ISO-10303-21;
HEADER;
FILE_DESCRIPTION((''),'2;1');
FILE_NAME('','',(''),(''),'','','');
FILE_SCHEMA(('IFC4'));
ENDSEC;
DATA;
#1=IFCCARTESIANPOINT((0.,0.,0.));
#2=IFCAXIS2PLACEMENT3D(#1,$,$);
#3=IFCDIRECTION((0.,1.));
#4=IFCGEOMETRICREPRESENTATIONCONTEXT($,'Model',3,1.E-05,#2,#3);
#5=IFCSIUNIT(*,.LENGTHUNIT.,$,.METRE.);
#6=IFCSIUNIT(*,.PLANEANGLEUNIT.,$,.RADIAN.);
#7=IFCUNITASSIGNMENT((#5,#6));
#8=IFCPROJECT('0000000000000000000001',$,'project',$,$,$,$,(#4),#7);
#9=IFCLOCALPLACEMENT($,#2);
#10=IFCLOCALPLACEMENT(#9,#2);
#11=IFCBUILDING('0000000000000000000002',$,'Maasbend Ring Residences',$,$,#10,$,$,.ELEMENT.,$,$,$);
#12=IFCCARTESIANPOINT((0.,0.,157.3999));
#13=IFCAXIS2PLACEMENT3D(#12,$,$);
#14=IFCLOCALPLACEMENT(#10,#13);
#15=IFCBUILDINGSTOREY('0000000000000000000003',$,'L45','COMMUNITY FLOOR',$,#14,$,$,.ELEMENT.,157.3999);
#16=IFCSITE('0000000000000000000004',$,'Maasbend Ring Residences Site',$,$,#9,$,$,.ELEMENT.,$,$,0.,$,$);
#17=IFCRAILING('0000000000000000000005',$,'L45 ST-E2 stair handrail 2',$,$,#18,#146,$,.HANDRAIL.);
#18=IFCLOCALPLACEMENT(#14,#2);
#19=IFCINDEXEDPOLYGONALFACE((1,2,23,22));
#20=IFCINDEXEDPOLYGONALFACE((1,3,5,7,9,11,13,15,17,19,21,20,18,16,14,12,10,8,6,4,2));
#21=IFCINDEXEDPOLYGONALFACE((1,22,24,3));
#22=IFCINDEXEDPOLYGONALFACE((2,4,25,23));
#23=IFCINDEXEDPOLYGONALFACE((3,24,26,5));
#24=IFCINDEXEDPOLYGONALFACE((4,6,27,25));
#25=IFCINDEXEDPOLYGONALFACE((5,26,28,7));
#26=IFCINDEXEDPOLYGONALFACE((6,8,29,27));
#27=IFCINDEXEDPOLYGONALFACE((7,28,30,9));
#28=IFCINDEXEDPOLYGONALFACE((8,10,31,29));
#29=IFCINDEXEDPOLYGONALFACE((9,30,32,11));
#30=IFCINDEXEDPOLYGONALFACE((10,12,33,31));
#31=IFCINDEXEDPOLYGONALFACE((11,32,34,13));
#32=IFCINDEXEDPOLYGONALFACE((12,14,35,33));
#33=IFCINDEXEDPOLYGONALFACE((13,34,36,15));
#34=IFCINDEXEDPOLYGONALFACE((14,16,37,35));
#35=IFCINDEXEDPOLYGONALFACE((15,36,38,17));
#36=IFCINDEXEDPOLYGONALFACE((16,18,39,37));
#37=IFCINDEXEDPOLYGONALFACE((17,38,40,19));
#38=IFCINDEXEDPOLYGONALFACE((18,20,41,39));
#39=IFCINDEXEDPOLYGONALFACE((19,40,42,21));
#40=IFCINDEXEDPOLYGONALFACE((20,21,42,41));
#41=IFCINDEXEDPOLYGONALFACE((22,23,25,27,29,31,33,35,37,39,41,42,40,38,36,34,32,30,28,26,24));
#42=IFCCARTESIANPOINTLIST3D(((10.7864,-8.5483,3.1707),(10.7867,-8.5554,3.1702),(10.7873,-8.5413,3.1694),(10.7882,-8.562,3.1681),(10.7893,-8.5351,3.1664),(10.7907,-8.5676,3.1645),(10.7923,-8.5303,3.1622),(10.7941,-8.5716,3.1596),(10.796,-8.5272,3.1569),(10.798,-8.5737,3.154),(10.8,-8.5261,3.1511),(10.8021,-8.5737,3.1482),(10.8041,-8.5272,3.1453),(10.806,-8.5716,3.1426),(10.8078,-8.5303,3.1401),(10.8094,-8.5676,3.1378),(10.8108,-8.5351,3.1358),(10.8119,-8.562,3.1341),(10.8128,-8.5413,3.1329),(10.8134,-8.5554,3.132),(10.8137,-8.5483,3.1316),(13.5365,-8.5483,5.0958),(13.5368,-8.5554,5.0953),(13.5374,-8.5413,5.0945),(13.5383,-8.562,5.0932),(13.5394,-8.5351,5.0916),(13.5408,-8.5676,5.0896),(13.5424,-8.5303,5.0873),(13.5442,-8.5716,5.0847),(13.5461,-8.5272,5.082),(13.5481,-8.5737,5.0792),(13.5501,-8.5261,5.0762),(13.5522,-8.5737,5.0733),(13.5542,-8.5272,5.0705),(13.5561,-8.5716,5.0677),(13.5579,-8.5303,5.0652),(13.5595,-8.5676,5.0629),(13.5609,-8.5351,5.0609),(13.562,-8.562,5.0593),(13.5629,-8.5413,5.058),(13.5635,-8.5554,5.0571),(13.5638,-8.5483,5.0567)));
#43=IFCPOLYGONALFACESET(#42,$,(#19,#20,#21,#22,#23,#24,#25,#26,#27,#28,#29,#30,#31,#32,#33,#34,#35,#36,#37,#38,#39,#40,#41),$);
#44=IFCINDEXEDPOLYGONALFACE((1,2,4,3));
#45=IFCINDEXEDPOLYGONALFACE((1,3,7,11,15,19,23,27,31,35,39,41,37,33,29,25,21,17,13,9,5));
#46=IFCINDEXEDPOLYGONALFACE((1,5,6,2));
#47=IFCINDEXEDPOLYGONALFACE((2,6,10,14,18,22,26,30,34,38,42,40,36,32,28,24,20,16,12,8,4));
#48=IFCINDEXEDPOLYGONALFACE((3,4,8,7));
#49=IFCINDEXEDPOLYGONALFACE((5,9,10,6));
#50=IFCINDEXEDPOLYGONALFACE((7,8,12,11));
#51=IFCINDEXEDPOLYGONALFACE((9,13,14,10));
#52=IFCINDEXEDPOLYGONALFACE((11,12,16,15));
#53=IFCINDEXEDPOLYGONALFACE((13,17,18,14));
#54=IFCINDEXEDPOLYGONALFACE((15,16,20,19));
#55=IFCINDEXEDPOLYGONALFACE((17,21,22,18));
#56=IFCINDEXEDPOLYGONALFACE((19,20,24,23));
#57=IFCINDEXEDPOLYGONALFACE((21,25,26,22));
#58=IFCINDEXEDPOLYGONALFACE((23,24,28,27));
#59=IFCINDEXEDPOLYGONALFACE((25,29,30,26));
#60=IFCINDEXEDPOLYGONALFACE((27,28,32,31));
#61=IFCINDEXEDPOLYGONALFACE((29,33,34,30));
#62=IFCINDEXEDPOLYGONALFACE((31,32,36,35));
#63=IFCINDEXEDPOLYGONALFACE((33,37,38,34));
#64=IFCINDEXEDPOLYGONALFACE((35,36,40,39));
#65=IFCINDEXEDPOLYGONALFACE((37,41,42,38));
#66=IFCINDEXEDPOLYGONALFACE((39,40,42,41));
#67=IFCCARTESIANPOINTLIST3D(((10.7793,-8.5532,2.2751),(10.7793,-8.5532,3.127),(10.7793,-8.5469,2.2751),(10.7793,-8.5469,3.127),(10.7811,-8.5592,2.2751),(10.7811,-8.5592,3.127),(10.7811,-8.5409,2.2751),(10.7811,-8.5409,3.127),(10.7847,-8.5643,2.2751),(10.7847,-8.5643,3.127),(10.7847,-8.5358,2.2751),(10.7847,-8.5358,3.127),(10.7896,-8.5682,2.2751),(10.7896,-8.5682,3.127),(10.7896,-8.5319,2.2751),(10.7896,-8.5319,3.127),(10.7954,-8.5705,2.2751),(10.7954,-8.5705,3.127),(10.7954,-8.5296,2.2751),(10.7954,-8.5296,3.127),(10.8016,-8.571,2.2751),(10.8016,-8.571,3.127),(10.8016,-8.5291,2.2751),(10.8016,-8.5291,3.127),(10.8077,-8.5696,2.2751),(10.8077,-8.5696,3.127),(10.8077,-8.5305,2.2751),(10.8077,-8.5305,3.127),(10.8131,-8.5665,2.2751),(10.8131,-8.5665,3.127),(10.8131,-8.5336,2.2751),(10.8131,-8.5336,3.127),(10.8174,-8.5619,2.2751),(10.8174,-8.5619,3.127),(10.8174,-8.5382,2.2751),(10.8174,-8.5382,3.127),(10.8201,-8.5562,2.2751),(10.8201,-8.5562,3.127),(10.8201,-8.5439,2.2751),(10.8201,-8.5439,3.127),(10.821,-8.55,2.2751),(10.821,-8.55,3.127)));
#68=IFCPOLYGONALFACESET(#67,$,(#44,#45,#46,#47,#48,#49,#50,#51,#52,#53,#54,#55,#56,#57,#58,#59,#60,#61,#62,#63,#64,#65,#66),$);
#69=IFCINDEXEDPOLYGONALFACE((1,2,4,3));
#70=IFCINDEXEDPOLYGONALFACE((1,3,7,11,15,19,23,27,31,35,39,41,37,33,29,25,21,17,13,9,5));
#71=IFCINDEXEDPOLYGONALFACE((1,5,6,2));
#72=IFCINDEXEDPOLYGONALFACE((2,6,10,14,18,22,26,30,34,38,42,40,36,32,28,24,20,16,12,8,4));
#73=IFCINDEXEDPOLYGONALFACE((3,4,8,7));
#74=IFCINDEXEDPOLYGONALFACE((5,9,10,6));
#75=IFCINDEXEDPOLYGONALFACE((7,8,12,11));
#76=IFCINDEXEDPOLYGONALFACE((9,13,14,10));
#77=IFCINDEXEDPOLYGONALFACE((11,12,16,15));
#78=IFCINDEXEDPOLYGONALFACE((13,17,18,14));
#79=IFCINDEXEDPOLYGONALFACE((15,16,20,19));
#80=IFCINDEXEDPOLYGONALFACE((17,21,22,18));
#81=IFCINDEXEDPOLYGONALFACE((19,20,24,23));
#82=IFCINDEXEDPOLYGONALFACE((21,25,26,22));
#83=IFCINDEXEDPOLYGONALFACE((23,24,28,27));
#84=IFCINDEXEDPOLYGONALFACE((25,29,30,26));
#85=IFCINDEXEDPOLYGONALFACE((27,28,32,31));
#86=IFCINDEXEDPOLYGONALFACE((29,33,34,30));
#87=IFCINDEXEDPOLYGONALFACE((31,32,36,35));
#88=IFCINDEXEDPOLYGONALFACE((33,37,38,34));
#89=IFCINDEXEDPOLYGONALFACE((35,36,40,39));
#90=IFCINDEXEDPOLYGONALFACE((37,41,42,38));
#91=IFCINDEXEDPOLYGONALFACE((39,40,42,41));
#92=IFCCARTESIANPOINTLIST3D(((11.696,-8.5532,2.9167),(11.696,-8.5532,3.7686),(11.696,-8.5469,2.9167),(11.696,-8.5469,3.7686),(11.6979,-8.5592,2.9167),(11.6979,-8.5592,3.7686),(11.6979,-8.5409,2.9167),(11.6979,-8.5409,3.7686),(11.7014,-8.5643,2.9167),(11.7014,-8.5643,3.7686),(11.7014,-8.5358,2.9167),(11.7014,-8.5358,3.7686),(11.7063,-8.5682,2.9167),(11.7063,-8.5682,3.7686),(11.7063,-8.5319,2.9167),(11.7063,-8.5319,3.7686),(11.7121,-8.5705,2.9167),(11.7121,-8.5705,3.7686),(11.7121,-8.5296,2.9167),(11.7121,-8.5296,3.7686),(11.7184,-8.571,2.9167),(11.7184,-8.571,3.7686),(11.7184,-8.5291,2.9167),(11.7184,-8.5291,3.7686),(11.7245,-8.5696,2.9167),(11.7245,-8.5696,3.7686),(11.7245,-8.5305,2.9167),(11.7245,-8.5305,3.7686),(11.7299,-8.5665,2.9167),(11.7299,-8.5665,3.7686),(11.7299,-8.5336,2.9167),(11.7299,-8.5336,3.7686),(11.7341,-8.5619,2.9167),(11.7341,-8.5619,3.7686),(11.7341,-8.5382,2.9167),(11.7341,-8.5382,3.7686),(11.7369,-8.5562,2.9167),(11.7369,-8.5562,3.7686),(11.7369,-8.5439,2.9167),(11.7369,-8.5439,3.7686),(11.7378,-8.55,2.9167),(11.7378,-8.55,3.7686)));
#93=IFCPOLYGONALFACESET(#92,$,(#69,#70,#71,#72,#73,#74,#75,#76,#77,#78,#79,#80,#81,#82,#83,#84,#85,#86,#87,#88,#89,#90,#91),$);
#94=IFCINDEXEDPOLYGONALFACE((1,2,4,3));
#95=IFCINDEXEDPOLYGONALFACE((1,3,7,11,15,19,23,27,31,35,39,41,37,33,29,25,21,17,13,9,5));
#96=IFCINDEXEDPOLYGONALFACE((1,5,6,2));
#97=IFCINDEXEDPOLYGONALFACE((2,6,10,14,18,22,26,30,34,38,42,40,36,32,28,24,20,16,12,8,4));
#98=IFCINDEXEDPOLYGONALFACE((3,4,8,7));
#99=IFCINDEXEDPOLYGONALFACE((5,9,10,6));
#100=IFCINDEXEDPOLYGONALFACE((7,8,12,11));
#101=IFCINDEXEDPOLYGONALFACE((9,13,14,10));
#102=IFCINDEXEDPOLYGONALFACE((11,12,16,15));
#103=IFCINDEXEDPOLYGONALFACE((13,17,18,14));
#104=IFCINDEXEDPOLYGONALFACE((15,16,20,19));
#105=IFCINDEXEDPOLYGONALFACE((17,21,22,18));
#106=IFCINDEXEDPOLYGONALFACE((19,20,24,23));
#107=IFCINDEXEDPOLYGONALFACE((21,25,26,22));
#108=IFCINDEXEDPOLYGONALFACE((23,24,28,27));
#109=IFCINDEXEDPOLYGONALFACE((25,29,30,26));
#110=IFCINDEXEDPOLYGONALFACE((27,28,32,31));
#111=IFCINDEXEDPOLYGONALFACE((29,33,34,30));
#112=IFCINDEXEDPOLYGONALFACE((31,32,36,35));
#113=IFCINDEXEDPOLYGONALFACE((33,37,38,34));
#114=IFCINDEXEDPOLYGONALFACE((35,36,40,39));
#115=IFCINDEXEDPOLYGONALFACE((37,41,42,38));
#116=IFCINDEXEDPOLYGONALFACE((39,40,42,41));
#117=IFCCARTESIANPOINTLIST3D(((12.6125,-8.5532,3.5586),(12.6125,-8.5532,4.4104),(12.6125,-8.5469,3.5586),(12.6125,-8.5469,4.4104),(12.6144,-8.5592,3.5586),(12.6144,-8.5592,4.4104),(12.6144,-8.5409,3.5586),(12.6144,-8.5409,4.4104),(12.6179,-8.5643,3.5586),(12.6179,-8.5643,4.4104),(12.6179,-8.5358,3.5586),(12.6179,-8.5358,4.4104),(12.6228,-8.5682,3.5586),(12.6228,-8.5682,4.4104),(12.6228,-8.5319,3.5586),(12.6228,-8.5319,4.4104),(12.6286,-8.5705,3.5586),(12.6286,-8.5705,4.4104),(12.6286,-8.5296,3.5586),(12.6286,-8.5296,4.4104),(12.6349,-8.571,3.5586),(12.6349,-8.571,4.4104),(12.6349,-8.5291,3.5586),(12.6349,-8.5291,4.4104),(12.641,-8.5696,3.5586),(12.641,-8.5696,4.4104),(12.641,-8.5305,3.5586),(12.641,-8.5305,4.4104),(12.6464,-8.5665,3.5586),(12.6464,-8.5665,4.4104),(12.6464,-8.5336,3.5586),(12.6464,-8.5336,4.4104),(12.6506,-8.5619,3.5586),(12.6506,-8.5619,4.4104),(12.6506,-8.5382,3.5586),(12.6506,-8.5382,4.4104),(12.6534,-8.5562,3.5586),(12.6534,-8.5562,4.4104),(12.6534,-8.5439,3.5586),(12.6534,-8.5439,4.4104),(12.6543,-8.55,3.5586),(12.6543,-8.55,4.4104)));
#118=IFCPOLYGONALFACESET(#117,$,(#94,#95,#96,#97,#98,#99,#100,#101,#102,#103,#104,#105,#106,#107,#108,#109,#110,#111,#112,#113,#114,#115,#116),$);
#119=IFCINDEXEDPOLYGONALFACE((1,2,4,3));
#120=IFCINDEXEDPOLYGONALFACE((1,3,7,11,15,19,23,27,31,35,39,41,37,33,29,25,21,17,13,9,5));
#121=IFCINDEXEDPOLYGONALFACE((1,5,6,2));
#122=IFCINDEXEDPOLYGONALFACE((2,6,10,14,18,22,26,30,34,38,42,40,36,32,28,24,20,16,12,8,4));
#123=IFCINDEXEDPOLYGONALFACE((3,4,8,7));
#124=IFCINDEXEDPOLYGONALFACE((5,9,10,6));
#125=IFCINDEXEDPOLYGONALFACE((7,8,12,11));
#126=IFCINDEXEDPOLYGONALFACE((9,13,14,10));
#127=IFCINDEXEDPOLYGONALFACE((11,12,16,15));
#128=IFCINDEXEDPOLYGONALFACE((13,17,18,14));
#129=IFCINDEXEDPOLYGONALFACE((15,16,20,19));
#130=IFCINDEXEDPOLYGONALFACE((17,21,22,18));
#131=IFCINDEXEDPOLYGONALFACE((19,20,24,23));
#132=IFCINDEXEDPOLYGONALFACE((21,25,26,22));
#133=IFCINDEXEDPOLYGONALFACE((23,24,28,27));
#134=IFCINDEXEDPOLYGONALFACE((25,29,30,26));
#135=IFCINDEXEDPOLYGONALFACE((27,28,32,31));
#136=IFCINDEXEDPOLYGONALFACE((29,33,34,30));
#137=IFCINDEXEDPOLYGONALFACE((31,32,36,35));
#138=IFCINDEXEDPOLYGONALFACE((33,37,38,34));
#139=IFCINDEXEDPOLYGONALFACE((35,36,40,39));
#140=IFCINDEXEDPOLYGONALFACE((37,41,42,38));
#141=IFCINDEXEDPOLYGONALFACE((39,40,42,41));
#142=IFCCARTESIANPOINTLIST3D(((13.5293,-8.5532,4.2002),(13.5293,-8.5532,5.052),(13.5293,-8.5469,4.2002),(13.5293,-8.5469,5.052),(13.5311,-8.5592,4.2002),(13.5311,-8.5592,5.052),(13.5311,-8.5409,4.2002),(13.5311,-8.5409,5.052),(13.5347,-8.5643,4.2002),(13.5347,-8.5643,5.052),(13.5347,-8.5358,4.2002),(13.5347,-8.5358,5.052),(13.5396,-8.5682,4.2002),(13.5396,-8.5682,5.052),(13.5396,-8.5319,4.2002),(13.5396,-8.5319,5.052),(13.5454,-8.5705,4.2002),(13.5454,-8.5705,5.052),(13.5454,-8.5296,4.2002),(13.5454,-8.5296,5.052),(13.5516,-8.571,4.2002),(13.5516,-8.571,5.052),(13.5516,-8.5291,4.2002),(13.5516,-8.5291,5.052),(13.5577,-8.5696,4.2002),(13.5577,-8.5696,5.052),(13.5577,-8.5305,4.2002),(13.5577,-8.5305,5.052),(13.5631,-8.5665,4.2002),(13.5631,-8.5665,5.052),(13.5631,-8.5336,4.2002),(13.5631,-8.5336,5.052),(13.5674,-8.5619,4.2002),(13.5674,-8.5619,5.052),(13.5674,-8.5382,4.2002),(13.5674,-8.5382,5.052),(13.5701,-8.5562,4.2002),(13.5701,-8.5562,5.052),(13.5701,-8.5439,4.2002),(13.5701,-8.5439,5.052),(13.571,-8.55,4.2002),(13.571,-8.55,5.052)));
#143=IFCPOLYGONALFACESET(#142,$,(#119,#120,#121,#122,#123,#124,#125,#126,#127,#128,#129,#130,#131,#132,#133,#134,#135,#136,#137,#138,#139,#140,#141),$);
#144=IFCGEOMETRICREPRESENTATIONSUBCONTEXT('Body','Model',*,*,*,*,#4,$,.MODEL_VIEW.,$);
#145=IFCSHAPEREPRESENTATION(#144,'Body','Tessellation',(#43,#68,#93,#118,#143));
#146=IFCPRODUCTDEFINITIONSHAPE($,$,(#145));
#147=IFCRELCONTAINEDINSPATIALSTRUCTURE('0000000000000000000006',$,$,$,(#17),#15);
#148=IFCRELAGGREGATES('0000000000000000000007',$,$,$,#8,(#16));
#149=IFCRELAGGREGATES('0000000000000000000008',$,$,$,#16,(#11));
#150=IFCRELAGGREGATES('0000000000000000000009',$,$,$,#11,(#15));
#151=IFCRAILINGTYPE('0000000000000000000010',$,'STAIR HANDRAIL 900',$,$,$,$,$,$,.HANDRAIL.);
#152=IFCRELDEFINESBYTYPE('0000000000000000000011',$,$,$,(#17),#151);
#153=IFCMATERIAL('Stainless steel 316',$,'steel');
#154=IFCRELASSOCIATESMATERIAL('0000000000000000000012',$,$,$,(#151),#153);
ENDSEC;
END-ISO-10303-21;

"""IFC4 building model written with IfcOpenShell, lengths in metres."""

from ifc_helpers import new_model, si_unit, direction, frame, origin, origin_2d, place, context, subcontext, project, spatial, circle, extrude, material, type_object, element, save


model = new_model("IFC4")

# Units and contexts
model_context = context("Model", 3, precision=1e-05, world=origin(), true_north=direction((0.0, 1.0)))
body_context = subcontext(model_context, "Body", "Model", "MODEL_VIEW")
ifc_project = project(units=[si_unit("LENGTHUNIT", "METRE"), si_unit("PLANEANGLEUNIT", "RADIAN")], contexts=[model_context])

# Site, building, storey
site_placement = place(None, origin())
site = spatial("IfcSite", under=ifc_project, at=site_placement, Name="Maasbend Ring Residences Site", CompositionType="ELEMENT", RefElevation=0.0)
building_placement = place(site_placement, origin())
building = spatial("IfcBuilding", under=site, at=building_placement, Name="Maasbend Ring Residences", CompositionType="ELEMENT")
storey_placement = place(building_placement, frame((0.0, 0.0, 157.3999)))
storey = spatial("IfcBuildingStorey", under=building, at=storey_placement, Name="L45", Description="COMMUNITY FLOOR", CompositionType="ELEMENT", Elevation=157.3999)

# Railing
ifc_material_1 = material(Name="Stainless steel 316", Category="steel")
railing_type = type_object("IfcRailingType", Name="STAIR HANDRAIL 900", PredefinedType="HANDRAIL", material=ifc_material_1)
railing_placement = place(storey_placement, frame((10.8, -8.55, 2.2751)))
element("IfcRailing", 1, at=railing_placement, inside=storey, type_object=railing_type, Name="L45 ST-E2 stair handrail 2", PredefinedType="HANDRAIL", context=body_context, shape_type="SweptSolid", body=[
    extrude(circle(Radius=0.0239, at=origin_2d()), frame((0.0, 0.0, 0.876), z_axis=(0.819225, 0.0, 0.573472), x_axis=(0.0, 1.0, 0.0)), (0.0, 0.0, 1.0), 3.3569),
    extrude(circle(Radius=0.021, at=origin_2d()), origin(), (0.0, 0.0, 1.0), 0.8518),
    extrude(circle(Radius=0.021, at=origin_2d()), frame((0.9167, 0.0, 0.6416)), (0.0, 0.0, 1.0), 0.8518),
    extrude(circle(Radius=0.021, at=origin_2d()), frame((1.8333, 0.0, 1.2834)), (0.0, 0.0, 1.0), 0.8518),
    extrude(circle(Radius=0.021, at=origin_2d()), frame((2.75, 0.0, 1.925)), (0.0, 0.0, 1.0), 0.8518),
])

save(model, "model.ifc")
